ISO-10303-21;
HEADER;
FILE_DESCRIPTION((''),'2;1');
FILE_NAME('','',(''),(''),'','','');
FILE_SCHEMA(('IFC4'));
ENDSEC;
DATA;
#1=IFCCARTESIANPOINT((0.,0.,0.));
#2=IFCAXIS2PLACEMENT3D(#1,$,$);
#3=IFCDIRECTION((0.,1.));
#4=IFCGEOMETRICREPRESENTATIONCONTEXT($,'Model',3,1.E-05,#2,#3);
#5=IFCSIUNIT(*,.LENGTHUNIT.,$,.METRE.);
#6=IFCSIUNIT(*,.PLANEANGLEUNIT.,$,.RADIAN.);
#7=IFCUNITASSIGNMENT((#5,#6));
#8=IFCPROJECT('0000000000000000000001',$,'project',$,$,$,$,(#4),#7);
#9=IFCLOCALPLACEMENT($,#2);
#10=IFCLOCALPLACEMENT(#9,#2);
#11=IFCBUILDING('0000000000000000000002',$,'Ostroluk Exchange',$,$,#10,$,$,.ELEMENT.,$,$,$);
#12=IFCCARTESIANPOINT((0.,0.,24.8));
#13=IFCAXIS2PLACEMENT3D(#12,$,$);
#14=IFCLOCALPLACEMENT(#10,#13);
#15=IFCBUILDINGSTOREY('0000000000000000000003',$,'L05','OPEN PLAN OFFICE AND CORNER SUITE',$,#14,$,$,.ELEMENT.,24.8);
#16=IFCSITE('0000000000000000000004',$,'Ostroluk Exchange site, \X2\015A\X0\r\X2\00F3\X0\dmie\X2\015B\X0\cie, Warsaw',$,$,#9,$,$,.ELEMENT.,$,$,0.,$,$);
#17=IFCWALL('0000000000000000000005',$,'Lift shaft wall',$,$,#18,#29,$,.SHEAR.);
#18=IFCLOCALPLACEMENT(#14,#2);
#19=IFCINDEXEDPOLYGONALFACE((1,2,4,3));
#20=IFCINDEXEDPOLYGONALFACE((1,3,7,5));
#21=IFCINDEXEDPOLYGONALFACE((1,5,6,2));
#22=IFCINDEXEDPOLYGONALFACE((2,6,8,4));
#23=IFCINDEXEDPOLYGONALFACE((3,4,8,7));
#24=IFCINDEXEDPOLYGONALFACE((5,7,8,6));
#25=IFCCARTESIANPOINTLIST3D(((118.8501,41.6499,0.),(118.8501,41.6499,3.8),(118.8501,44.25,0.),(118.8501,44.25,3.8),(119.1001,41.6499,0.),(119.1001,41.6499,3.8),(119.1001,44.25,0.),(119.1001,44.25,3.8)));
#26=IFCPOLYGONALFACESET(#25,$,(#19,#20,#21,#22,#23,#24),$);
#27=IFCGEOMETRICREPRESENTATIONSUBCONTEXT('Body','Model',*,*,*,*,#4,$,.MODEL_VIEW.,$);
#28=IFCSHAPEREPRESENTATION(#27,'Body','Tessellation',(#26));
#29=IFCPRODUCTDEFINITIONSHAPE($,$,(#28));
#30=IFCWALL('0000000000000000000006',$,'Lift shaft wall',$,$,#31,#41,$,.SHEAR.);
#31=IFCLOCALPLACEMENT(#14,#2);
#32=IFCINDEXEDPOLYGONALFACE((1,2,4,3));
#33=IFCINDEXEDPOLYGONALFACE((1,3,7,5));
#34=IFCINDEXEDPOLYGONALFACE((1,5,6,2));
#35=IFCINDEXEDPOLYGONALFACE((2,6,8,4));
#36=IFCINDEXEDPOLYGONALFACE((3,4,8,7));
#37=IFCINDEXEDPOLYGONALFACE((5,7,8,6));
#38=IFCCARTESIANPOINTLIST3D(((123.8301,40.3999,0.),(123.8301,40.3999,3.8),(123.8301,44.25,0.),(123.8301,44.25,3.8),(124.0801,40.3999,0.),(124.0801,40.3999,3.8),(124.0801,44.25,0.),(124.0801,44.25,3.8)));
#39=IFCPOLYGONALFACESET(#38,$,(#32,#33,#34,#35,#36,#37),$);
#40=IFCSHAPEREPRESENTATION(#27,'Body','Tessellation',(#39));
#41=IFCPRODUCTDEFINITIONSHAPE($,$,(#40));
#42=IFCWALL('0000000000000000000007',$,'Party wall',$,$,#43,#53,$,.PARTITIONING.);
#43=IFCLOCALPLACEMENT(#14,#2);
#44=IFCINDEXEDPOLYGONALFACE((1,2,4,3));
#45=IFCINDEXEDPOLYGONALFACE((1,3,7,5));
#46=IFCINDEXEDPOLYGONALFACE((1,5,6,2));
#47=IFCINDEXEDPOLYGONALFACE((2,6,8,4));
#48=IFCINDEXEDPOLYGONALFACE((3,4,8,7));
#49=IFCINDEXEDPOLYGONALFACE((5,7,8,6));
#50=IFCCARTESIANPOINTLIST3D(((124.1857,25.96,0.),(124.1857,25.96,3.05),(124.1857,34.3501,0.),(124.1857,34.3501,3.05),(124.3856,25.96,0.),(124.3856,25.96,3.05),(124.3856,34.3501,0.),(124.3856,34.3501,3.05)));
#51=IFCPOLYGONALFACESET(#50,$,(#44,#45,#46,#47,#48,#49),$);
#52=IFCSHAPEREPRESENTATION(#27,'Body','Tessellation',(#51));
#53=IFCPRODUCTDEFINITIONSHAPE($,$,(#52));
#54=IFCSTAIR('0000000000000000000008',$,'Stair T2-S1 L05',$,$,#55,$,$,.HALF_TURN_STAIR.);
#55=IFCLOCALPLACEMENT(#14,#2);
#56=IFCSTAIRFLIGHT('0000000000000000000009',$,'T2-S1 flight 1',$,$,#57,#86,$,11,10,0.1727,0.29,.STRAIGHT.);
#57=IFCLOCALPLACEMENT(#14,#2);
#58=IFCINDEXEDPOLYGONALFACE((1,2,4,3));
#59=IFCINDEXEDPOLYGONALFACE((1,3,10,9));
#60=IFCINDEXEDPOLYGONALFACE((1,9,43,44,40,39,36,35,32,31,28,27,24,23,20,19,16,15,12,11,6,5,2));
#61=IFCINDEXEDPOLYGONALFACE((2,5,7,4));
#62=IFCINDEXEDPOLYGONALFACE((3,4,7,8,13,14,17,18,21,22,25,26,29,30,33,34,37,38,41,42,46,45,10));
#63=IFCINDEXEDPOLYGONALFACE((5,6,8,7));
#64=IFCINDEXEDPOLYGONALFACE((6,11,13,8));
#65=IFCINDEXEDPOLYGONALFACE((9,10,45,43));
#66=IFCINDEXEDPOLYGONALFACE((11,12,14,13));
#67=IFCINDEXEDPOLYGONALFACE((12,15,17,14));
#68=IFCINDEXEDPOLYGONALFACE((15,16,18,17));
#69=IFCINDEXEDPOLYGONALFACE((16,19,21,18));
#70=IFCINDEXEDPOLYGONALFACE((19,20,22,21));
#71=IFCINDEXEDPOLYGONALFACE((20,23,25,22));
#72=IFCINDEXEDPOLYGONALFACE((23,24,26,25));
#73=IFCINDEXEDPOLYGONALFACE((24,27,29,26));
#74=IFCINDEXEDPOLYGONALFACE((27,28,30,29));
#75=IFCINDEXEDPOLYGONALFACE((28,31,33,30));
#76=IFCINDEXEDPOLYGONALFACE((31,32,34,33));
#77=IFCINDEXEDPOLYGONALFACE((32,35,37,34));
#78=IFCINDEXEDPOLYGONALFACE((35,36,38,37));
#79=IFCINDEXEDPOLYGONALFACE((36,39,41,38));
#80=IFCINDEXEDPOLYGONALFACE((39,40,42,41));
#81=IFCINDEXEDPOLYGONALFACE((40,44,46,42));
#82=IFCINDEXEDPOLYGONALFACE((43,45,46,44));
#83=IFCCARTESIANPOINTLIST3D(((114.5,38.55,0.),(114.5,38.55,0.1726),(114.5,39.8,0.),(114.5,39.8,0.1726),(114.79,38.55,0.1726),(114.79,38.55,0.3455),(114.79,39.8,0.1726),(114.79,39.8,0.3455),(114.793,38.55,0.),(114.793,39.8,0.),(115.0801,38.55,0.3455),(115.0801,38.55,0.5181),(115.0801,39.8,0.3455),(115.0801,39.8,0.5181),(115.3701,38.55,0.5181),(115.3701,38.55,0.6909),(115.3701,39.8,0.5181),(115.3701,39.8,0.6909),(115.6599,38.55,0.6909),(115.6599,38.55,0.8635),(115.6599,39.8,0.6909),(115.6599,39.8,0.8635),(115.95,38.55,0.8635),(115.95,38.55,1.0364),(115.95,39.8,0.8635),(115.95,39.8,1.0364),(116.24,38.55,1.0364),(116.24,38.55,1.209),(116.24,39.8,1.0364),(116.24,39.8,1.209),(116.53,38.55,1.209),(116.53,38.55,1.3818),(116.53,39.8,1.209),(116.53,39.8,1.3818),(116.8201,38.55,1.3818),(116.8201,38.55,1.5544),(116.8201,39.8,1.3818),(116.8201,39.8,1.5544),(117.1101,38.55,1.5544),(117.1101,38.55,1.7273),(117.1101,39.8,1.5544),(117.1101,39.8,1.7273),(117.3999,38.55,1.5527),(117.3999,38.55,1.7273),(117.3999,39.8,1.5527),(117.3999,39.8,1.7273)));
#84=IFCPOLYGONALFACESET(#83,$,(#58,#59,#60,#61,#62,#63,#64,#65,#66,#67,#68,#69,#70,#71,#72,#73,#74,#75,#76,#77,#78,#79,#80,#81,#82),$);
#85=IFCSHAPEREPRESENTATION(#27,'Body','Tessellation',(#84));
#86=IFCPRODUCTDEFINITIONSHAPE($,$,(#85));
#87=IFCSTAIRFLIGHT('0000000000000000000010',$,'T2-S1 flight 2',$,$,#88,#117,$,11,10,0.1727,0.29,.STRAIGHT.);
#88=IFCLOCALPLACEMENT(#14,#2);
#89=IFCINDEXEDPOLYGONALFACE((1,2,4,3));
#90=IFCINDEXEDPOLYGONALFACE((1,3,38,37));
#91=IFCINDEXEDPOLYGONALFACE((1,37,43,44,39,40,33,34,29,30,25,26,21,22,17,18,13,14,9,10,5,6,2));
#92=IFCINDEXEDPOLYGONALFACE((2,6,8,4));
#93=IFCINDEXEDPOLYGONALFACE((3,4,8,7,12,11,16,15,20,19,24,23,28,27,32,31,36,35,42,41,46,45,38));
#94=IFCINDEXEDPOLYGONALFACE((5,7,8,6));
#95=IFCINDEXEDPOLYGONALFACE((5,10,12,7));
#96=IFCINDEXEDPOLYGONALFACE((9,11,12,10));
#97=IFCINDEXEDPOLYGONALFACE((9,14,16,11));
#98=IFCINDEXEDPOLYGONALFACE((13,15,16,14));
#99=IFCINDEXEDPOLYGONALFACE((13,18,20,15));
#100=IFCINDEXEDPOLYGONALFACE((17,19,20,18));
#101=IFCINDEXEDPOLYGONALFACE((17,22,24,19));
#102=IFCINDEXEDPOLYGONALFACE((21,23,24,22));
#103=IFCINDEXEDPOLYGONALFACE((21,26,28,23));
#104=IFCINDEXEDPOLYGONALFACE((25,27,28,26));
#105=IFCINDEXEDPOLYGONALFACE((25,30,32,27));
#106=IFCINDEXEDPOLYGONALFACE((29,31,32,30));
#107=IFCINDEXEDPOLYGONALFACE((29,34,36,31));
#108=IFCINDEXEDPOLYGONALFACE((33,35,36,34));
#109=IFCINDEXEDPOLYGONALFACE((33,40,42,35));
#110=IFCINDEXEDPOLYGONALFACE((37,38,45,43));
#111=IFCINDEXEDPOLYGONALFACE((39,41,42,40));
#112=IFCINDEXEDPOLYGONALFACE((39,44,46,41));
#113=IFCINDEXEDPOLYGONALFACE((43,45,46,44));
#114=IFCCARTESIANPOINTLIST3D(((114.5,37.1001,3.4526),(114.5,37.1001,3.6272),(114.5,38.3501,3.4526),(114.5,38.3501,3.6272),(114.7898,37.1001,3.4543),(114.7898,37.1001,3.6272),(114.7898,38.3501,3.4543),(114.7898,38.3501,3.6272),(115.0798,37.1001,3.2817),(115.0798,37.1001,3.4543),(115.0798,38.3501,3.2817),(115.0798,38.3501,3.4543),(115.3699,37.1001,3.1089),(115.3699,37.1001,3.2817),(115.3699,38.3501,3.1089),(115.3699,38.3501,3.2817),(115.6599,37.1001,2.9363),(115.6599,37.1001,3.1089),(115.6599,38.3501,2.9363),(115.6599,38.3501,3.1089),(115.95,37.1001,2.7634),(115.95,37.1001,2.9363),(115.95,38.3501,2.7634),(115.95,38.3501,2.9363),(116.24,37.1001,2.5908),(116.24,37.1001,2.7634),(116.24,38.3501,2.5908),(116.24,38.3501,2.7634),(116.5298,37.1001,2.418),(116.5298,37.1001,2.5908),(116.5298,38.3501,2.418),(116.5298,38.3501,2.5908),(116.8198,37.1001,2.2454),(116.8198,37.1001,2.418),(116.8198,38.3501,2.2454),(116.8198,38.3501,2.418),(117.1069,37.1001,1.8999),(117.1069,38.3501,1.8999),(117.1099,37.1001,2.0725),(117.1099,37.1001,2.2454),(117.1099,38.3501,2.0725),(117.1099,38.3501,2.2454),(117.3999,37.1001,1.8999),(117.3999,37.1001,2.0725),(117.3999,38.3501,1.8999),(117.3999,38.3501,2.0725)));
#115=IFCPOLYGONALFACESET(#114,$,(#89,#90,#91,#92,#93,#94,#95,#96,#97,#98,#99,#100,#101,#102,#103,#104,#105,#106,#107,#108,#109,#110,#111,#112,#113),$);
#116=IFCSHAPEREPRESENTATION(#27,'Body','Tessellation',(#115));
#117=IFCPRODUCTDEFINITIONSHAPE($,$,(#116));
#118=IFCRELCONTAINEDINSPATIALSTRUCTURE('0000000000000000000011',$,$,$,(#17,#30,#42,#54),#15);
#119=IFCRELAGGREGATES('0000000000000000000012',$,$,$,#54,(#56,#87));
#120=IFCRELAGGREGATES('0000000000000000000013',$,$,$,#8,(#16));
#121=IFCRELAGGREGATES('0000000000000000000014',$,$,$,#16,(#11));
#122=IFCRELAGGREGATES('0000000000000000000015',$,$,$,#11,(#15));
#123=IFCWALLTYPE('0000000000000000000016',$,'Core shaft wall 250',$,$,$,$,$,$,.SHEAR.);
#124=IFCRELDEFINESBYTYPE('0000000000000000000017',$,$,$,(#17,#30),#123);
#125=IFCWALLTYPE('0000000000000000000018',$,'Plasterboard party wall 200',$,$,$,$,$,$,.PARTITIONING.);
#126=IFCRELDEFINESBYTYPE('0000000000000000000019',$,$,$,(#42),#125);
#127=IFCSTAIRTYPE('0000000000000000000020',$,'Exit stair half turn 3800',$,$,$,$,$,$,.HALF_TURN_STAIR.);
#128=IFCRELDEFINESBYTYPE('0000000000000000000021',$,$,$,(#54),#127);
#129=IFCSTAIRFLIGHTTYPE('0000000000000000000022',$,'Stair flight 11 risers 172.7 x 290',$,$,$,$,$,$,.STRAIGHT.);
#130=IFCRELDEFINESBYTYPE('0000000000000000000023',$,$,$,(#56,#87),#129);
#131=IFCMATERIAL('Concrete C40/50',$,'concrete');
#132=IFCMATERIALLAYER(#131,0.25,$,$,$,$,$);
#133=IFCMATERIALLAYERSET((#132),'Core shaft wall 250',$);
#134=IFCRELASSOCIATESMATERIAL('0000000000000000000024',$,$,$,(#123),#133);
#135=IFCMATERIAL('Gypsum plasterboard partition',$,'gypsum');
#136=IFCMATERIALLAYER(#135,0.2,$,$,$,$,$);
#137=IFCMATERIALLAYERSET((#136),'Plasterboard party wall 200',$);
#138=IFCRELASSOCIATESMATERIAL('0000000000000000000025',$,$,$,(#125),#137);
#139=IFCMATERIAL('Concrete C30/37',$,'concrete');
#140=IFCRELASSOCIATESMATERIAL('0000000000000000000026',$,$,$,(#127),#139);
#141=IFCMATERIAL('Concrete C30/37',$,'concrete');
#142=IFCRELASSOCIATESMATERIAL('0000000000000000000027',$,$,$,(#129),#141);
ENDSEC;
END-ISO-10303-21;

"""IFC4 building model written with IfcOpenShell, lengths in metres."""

from ifc_helpers import new_model, si_unit, direction, frame, frame_2d, origin, place, context, subcontext, project, spatial, polyline, rectangle, outline, extrude, material, layer, layer_set, type_object, element, aggregate, save


model = new_model("IFC4")

# Units and contexts
model_context = context("Model", 3, precision=1e-05, world=origin(), true_north=direction((0.0, 1.0)))
body_context = subcontext(model_context, "Body", "Model", "MODEL_VIEW")
ifc_project = project(units=[si_unit("LENGTHUNIT", "METRE"), si_unit("PLANEANGLEUNIT", "RADIAN")], contexts=[model_context])

# Site, building, storey
site_placement = place(None, origin())
site = spatial("IfcSite", under=ifc_project, at=site_placement, Name="Ostroluk Exchange site, Śródmieście, Warsaw", CompositionType="ELEMENT", RefElevation=0.0)
building_placement = place(site_placement, origin())
building = spatial("IfcBuilding", under=site, at=building_placement, Name="Ostroluk Exchange", CompositionType="ELEMENT")
storey_placement = place(building_placement, frame((0.0, 0.0, 24.8)))
storey = spatial("IfcBuildingStorey", under=building, at=storey_placement, Name="L05", Description="OPEN PLAN OFFICE AND CORNER SUITE", CompositionType="ELEMENT", Elevation=24.8)

# Walls
ifc_material_1 = material(Name="Concrete C40/50", Category="concrete")
ifc_layer_1 = layer(ifc_material_1, 0.25)
ifc_layer_set_1 = layer_set([ifc_layer_1], Name="Core shaft wall 250")
wall_type_1 = type_object("IfcWallType", Name="Core shaft wall 250", PredefinedType="SHEAR", material=ifc_layer_set_1)
for number, where, z_axis, x_axis, name in (
    (1, (118.9751, 44.25, 0.0), (0.0, 0.0, 1.0), (0.0, -1.0, 0.0), "Lift shaft wall"),
):
    element("IfcWall", number, at=place(storey_placement, frame(where, z_axis=z_axis, x_axis=x_axis)), inside=storey, type_object=wall_type_1, Name=name, PredefinedType="SHEAR", context=body_context, shape_type="SweptSolid", body=[
        extrude(rectangle(XDim=2.6001, YDim=0.25, at=frame_2d((1.3, 0.0))), origin(), (0.0, 0.0, 1.0), 3.8),
    ])
wall_1_placement = place(storey_placement, frame((123.9551, 44.25, 0.0), z_axis=(0.0, 0.0, 1.0), x_axis=(0.0, -1.0, 0.0)))
element("IfcWall", 2, at=wall_1_placement, inside=storey, type_object=wall_type_1, Name="Lift shaft wall", PredefinedType="SHEAR", context=body_context, shape_type="SweptSolid", body=[
    extrude(rectangle(XDim=3.8501, YDim=0.25, at=frame_2d((1.925, 0.0))), origin(), (0.0, 0.0, 1.0), 3.8),
])

# Wall
ifc_material_2 = material(Name="Gypsum plasterboard partition", Category="gypsum")
ifc_layer_2 = layer(ifc_material_2, 0.2)
ifc_layer_set_2 = layer_set([ifc_layer_2], Name="Plasterboard party wall 200")
wall_type_2 = type_object("IfcWallType", Name="Plasterboard party wall 200", PredefinedType="PARTITIONING", material=ifc_layer_set_2)
wall_2_placement = place(storey_placement, frame((124.2856, 34.3501, 0.0), z_axis=(0.0, 0.0, 1.0), x_axis=(0.0, -1.0, 0.0)))
element("IfcWall", 3, at=wall_2_placement, inside=storey, type_object=wall_type_2, Name="Party wall", PredefinedType="PARTITIONING", context=body_context, shape_type="SweptSolid", body=[
    extrude(rectangle(XDim=8.3901, YDim=0.2, at=frame_2d((4.1951, 0.0))), origin(), (0.0, 0.0, 1.0), 3.05),
])

# Stair, stair flights
ifc_material_3 = material(Name="Concrete C30/37", Category="concrete")
stair_type = type_object("IfcStairType", Name="Exit stair half turn 3800", PredefinedType="HALF_TURN_STAIR", material=ifc_material_3)
stair_placement = place(storey_placement, origin())
stair = element("IfcStair", 4, at=stair_placement, inside=storey, type_object=stair_type, Name="Stair T2-S1 L05", PredefinedType="HALF_TURN_STAIR")
ifc_material_4 = material(Name="Concrete C30/37", Category="concrete")
stair_flight_type = type_object("IfcStairFlightType", Name="Stair flight 11 risers 172.7 x 290", PredefinedType="STRAIGHT", material=ifc_material_4)
stair_flight_1_placement = place(storey_placement, frame((114.5, 39.175, 0.0), z_axis=(0.0, 0.0, 1.0), x_axis=(1.0, 0.0, 0.0)))
stair_flight_1 = element("IfcStairFlight", 5, at=stair_flight_1_placement, type_object=stair_flight_type, Name="T2-S1 flight 1", NumberOfRisers=11, NumberOfTreads=10, PredefinedType="STRAIGHT", RiserHeight=0.1727, TreadLength=0.29, context=body_context, shape_type="SweptSolid", body=[
    extrude(outline(polyline([(0.0, 0.0), (0.0, 0.1726), (0.29, 0.1726), (0.29, 0.3455), (0.5801, 0.3455), (0.5801, 0.5181), (0.8701, 0.5181), (0.8701, 0.6909), (1.1599, 0.6909), (1.1599, 0.8635), (1.45, 0.8635), (1.45, 1.0364), (1.74, 1.0364), (1.74, 1.209), (2.03, 1.209), (2.03, 1.3818), (2.3201, 1.3818), (2.3201, 1.5544), (2.6101, 1.5544), (2.6101, 1.7273), (2.8999, 1.7273), (2.8999, 1.8999), (2.8999, 1.5527), (0.293, 0.0), (0.0, 0.0)])), frame((0.0, 0.625, 0.0), z_axis=(0.0, -1.0, 0.0), x_axis=(1.0, 0.0, 0.0)), (0.0, 0.0, 1.0), 1.25),
])
stair_flight_2_placement = place(storey_placement, frame((117.3999, 37.7251, 1.8999), z_axis=(0.0, 0.0, 1.0), x_axis=(-1.0, 0.0, 0.0)))
stair_flight_2 = element("IfcStairFlight", 6, at=stair_flight_2_placement, type_object=stair_flight_type, Name="T2-S1 flight 2", NumberOfRisers=11, NumberOfTreads=10, PredefinedType="STRAIGHT", RiserHeight=0.1727, TreadLength=0.29, context=body_context, shape_type="SweptSolid", body=[
    extrude(outline(polyline([(0.0, 0.0), (0.0, 0.1726), (0.29, 0.1726), (0.29, 0.3455), (0.5801, 0.3455), (0.5801, 0.5181), (0.8701, 0.5181), (0.8701, 0.6909), (1.1599, 0.6909), (1.1599, 0.8635), (1.45, 0.8635), (1.45, 1.0364), (1.74, 1.0364), (1.74, 1.209), (2.03, 1.209), (2.03, 1.3818), (2.3201, 1.3818), (2.3201, 1.5544), (2.6101, 1.5544), (2.6101, 1.7273), (2.8999, 1.7273), (2.8999, 1.8999), (2.8999, 1.5527), (0.293, 0.0), (0.0, 0.0)])), frame((0.0, 0.625, 0.0), z_axis=(0.0, -1.0, 0.0), x_axis=(1.0, 0.0, 0.0)), (0.0, 0.0, 1.0), 1.25),
])
aggregate(stair, [stair_flight_1, stair_flight_2])

save(model, "model.ifc")
